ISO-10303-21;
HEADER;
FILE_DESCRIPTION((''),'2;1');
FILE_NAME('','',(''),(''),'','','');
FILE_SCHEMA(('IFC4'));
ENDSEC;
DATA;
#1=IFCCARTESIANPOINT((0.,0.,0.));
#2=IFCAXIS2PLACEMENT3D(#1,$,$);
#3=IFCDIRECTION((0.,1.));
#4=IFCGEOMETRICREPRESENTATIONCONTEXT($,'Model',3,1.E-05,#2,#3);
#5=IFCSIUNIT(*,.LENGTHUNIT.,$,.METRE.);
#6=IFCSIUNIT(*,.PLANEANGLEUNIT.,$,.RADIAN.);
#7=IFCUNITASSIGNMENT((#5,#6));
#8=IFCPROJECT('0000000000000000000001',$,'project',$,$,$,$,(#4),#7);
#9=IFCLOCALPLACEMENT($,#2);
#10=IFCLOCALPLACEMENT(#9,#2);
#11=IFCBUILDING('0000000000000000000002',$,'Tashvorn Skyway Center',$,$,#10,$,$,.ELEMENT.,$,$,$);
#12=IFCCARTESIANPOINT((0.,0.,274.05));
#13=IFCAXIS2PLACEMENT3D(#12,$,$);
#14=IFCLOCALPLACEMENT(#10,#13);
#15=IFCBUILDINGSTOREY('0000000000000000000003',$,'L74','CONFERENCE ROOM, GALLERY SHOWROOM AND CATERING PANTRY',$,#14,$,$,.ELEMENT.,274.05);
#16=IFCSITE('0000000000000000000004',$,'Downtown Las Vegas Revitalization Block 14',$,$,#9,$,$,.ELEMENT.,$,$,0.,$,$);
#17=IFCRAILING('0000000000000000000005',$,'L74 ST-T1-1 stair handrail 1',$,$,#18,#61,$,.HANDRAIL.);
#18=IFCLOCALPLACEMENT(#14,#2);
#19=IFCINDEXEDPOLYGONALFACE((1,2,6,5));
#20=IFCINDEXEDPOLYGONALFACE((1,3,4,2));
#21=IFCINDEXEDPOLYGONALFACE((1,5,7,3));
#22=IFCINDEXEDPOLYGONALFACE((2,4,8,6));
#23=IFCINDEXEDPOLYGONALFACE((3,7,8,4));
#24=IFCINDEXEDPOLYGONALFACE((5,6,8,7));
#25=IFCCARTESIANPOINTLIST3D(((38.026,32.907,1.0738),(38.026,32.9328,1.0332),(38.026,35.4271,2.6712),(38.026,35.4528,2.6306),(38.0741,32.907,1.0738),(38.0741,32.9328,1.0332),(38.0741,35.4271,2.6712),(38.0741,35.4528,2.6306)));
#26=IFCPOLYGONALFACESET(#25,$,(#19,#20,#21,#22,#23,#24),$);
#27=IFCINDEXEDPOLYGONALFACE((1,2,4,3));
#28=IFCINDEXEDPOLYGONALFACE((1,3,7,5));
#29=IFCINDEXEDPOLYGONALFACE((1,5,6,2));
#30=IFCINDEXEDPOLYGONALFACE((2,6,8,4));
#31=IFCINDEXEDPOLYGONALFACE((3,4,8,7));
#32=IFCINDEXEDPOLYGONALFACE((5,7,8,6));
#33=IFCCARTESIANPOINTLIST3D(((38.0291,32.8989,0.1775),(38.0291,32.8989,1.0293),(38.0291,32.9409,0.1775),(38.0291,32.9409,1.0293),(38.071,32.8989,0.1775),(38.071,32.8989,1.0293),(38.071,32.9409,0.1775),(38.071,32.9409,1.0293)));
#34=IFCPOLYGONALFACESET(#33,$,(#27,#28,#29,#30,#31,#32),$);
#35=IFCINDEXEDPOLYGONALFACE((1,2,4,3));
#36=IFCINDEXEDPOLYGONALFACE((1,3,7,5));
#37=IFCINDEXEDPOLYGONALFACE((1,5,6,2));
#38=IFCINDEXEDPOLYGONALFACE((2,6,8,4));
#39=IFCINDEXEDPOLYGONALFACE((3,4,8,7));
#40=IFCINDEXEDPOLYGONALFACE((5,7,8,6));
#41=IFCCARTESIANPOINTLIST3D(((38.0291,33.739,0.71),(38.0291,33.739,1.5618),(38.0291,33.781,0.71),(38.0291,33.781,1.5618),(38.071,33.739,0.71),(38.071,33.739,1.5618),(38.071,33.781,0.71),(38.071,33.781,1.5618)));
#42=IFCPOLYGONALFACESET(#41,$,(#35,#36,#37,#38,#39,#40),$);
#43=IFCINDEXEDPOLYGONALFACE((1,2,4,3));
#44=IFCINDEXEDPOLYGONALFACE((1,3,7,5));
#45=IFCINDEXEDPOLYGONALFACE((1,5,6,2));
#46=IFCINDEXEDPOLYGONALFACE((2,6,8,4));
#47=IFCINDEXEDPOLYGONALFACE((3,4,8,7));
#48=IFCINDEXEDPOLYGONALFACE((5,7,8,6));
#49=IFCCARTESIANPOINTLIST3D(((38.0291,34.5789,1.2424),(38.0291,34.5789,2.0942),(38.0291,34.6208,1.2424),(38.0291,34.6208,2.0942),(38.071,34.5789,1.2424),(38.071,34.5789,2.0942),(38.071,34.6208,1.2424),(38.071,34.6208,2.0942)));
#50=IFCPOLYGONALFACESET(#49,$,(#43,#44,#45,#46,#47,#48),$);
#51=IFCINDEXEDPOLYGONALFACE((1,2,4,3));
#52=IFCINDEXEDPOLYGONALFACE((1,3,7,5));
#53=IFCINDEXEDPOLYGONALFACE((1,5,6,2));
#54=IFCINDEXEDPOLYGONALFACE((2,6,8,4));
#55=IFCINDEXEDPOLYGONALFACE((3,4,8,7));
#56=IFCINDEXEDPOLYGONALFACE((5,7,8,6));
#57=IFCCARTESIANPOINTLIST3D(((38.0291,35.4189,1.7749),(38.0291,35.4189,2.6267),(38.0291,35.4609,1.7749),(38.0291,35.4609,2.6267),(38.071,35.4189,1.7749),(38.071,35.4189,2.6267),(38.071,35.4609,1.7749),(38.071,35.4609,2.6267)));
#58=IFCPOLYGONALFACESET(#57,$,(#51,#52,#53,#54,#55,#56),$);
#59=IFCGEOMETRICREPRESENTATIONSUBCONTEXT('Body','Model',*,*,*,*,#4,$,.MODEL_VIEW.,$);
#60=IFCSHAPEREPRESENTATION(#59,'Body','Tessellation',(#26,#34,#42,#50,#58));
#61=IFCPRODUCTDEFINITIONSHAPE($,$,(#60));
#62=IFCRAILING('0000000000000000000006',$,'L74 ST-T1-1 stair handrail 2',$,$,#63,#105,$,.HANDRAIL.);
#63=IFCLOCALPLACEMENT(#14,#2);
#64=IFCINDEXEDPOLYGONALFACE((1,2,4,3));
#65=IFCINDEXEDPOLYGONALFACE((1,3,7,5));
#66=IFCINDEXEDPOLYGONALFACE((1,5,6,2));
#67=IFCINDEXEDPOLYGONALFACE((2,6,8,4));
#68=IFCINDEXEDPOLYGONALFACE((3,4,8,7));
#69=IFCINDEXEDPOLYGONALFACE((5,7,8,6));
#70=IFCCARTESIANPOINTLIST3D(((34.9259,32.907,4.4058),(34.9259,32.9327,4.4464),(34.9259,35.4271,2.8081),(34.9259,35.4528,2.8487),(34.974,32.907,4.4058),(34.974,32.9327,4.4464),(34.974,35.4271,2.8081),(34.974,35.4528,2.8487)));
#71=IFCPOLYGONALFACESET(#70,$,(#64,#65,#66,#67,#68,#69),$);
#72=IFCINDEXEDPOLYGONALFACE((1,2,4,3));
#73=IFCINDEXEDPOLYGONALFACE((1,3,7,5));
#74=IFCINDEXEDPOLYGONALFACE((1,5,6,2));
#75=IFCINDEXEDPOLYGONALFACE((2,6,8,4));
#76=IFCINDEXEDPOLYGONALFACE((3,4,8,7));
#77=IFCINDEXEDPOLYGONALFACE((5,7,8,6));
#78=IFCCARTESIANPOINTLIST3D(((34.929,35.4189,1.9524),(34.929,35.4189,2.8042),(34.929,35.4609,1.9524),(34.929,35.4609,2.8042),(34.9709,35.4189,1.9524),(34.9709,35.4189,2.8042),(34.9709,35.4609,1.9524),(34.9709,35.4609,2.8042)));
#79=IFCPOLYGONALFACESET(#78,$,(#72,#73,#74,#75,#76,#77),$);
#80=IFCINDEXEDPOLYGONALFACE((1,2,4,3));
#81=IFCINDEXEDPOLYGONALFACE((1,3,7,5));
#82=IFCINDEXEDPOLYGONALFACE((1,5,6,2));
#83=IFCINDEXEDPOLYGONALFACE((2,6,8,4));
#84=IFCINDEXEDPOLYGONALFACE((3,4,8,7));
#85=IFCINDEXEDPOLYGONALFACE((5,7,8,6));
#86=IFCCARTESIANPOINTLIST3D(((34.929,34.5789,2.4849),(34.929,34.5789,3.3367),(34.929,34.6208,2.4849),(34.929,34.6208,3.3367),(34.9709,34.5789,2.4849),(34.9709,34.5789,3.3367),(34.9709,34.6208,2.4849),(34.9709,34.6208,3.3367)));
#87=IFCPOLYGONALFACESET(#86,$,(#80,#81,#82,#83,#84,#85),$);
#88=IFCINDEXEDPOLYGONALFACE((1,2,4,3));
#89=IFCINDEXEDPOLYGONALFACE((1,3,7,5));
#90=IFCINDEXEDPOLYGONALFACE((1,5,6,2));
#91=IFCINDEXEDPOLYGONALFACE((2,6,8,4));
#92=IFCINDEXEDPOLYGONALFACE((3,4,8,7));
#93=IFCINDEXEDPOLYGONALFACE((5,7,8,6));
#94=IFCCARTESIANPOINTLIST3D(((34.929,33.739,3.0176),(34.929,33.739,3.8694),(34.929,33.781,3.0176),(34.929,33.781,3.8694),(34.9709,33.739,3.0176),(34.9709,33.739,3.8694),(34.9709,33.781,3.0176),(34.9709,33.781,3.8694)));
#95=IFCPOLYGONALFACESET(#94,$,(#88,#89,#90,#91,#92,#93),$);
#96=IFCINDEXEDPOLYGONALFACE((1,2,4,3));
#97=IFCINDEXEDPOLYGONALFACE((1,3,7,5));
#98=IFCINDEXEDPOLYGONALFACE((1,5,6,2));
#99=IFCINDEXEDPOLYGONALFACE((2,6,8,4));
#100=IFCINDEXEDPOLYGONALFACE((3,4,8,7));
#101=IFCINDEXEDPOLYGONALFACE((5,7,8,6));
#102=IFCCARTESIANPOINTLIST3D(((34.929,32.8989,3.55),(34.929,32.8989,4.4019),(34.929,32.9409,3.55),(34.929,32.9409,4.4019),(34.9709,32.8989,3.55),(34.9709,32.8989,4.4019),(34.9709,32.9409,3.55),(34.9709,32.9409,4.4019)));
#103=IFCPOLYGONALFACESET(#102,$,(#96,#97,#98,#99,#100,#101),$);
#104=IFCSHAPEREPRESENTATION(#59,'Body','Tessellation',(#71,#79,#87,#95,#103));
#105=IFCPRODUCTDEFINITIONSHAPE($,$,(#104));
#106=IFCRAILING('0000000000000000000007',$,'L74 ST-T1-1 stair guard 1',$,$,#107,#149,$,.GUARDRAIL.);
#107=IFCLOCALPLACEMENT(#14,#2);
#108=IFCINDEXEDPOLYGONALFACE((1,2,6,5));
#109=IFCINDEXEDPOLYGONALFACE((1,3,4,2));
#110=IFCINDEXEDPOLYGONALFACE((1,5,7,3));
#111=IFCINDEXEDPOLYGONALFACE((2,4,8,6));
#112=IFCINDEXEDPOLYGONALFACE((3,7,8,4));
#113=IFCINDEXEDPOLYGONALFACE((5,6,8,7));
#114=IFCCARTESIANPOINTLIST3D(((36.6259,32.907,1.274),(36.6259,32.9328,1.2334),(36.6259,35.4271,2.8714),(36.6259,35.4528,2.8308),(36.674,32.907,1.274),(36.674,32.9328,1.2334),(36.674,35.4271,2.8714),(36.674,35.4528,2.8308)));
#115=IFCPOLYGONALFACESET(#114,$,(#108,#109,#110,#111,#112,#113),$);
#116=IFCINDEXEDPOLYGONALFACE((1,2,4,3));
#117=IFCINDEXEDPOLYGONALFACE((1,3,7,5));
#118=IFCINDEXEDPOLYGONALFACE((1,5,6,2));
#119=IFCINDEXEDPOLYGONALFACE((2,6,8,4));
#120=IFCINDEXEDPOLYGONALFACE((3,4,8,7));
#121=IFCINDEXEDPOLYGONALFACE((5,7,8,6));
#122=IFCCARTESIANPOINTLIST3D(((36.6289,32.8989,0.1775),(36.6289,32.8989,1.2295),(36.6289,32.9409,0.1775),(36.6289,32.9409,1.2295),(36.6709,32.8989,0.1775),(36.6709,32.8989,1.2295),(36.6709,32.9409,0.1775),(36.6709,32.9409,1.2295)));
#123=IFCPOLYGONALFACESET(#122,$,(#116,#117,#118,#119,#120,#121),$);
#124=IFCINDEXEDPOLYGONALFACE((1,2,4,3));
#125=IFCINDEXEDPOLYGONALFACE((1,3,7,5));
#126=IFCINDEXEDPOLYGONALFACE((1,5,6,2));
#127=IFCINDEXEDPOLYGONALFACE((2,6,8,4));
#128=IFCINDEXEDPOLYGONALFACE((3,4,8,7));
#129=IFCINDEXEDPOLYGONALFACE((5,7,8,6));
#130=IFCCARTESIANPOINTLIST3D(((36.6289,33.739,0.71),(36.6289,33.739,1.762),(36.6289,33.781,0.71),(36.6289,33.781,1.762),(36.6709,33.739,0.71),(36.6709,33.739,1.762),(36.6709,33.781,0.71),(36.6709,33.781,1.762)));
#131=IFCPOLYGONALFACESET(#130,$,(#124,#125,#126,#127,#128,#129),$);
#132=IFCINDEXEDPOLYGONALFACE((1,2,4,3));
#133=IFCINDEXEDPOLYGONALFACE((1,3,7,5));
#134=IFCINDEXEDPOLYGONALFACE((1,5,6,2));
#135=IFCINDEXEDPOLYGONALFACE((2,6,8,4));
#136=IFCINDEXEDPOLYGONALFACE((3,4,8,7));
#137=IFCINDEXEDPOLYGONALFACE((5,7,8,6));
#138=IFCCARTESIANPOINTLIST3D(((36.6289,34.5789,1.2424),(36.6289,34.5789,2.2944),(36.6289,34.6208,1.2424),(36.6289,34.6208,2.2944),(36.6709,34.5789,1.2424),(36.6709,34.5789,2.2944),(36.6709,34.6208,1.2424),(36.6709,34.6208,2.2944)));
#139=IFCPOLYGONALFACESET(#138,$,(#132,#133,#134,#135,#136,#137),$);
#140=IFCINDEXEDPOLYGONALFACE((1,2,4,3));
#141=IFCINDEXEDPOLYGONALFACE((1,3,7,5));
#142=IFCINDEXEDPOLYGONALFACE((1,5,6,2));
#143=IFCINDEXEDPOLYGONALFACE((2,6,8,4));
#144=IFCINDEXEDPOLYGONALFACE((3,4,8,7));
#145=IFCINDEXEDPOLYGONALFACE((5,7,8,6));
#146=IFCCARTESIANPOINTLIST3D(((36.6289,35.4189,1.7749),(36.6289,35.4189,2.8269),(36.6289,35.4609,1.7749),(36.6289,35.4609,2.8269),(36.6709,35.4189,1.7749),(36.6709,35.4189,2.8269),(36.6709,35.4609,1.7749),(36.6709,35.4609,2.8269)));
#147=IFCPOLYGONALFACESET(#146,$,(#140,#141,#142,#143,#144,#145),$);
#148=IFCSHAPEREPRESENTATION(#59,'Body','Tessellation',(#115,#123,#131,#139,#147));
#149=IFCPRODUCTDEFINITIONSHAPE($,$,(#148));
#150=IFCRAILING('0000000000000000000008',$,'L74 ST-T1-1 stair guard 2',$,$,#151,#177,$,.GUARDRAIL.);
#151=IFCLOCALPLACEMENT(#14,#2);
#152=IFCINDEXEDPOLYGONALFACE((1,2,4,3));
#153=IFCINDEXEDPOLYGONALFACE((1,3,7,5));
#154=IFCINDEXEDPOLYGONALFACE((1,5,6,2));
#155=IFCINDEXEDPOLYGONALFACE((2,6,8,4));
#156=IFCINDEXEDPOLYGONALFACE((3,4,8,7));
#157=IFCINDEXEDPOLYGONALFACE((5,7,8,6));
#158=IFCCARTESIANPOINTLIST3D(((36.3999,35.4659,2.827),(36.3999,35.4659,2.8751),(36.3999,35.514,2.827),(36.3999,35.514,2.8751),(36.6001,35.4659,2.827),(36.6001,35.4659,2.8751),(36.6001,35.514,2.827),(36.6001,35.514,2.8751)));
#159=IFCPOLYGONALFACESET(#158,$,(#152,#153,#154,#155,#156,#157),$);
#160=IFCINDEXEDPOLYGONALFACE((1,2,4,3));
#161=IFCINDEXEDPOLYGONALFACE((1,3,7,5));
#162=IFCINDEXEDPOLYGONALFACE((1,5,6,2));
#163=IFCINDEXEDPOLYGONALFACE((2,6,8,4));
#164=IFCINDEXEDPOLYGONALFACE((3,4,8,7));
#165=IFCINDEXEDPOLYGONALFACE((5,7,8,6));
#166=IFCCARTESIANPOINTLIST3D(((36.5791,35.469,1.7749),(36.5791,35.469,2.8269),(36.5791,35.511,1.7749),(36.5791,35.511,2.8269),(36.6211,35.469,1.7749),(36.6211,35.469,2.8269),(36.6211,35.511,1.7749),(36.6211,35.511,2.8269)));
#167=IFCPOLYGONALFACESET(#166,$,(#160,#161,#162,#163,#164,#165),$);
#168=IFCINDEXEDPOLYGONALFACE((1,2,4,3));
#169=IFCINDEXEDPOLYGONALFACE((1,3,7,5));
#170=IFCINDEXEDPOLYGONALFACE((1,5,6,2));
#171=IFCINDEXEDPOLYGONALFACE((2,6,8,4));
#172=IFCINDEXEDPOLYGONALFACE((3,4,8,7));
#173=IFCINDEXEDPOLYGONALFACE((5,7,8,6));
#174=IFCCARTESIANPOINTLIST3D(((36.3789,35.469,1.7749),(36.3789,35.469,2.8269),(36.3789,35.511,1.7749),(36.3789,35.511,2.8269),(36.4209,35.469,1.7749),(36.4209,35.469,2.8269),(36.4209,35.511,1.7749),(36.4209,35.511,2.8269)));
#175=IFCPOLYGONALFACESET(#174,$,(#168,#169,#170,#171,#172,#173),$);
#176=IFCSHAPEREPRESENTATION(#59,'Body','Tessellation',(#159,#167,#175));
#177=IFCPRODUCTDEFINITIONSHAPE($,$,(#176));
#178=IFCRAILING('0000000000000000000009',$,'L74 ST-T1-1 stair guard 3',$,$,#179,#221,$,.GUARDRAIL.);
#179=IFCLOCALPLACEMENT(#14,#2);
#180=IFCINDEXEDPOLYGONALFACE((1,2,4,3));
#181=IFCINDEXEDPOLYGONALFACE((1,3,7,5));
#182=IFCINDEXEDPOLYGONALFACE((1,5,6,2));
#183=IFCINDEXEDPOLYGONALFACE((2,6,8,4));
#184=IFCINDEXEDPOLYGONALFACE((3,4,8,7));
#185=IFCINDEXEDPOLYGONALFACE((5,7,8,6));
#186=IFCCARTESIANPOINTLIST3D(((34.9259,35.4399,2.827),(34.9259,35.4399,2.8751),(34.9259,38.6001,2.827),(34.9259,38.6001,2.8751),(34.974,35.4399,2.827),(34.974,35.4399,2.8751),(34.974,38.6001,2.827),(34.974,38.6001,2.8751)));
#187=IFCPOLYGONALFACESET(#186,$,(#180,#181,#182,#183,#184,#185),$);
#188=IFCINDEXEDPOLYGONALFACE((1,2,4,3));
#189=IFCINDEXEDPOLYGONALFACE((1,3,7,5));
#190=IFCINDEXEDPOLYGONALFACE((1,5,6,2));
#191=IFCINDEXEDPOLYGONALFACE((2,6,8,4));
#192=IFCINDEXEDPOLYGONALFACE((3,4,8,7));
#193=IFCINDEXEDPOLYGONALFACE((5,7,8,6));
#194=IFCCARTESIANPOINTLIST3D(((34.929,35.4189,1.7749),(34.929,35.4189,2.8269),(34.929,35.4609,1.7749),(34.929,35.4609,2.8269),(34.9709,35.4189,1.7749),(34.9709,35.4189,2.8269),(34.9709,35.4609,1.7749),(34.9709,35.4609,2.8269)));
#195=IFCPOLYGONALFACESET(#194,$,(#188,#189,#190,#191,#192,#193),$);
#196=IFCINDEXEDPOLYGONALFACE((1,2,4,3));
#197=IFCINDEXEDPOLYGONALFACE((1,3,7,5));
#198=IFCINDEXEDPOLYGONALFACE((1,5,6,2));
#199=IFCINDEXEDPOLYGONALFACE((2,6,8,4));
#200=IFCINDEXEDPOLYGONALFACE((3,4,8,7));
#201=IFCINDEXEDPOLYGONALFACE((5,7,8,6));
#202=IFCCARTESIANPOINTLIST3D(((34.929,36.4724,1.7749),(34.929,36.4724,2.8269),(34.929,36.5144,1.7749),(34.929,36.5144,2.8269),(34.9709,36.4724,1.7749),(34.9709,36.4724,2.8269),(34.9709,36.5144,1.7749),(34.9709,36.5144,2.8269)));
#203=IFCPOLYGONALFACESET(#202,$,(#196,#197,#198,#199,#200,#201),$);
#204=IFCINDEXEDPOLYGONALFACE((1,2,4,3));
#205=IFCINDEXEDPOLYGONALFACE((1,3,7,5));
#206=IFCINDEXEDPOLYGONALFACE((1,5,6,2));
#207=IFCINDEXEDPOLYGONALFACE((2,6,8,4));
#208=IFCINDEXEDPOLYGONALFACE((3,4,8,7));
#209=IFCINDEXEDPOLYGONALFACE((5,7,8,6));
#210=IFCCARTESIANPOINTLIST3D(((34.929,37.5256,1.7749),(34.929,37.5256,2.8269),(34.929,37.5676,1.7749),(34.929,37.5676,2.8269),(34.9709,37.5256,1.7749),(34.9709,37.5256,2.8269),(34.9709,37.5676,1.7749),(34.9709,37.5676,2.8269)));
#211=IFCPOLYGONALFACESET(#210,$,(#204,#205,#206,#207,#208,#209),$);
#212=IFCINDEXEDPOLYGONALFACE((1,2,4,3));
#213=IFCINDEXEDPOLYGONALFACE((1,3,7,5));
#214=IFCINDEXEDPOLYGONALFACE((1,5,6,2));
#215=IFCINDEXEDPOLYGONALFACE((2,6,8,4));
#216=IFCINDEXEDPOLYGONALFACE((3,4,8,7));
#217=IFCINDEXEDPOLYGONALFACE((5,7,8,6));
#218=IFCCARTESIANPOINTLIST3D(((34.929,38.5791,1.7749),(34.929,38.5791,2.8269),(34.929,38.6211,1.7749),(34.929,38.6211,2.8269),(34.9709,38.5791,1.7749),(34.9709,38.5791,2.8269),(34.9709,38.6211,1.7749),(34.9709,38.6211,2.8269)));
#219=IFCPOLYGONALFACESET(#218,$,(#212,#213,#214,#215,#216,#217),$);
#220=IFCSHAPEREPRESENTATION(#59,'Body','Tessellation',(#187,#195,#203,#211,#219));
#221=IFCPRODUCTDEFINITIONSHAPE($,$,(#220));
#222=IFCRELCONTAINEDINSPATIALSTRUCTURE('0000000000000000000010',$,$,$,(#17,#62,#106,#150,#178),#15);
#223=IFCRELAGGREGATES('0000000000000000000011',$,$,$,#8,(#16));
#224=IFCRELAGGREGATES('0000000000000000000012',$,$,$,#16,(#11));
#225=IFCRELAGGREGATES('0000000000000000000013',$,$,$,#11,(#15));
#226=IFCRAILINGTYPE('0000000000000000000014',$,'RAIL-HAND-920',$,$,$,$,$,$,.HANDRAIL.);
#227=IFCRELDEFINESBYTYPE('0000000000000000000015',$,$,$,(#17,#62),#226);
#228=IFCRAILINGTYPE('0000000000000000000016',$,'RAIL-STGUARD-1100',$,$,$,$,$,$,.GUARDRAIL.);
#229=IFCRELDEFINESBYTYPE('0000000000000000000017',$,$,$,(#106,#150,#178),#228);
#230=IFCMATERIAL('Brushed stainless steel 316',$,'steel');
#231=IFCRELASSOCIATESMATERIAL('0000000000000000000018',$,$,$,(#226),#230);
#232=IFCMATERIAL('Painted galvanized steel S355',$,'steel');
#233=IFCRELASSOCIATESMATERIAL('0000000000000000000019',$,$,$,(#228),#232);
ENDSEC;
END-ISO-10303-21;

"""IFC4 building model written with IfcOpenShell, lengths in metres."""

from ifc_helpers import new_model, si_unit, direction, frame, origin, origin_2d, place, context, subcontext, project, spatial, rectangle, extrude, material, type_object, element, save


model = new_model("IFC4")

# Units and contexts
model_context = context("Model", 3, precision=1e-05, world=origin(), true_north=direction((0.0, 1.0)))
body_context = subcontext(model_context, "Body", "Model", "MODEL_VIEW")
ifc_project = project(units=[si_unit("LENGTHUNIT", "METRE"), si_unit("PLANEANGLEUNIT", "RADIAN")], contexts=[model_context])

# Site, building, storey
site_placement = place(None, origin())
site = spatial("IfcSite", under=ifc_project, at=site_placement, Name="Downtown Las Vegas Revitalization Block 14", CompositionType="ELEMENT", RefElevation=0.0)
building_placement = place(site_placement, origin())
building = spatial("IfcBuilding", under=site, at=building_placement, Name="Tashvorn Skyway Center", CompositionType="ELEMENT")
storey_placement = place(building_placement, frame((0.0, 0.0, 274.05)))
storey = spatial("IfcBuildingStorey", under=building, at=storey_placement, Name="L74", Description="CONFERENCE ROOM, GALLERY SHOWROOM AND CATERING PANTRY", CompositionType="ELEMENT", Elevation=274.05)

# Railings
ifc_material_1 = material(Name="Brushed stainless steel 316", Category="steel")
railing_type_1 = type_object("IfcRailingType", Name="RAIL-HAND-920", PredefinedType="HANDRAIL", material=ifc_material_1)
railing_1_placement = place(storey_placement, frame((38.05, 32.9199, 0.1775)))
element("IfcRailing", 1, at=railing_1_placement, inside=storey, type_object=railing_type_1, Name="L74 ST-T1-1 stair handrail 1", PredefinedType="HANDRAIL", context=body_context, shape_type="SweptSolid", body=[
    extrude(rectangle(XDim=0.0481, YDim=0.0481, at=origin_2d()), frame((0.0, 0.0, 0.876), z_axis=(0.0, 0.844607, 0.535387), x_axis=(-1.0, 0.0, 0.0)), (0.0, 0.0, 1.0), 2.9836),
    extrude(rectangle(XDim=0.042, YDim=0.042, at=origin_2d()), origin(), (0.0, 0.0, 1.0), 0.8518),
    extrude(rectangle(XDim=0.042, YDim=0.042, at=origin_2d()), frame((0.0, 0.8401, 0.5325)), (0.0, 0.0, 1.0), 0.8518),
    extrude(rectangle(XDim=0.042, YDim=0.042, at=origin_2d()), frame((0.0, 1.6799, 1.0649)), (0.0, 0.0, 1.0), 0.8518),
    extrude(rectangle(XDim=0.042, YDim=0.042, at=origin_2d()), frame((0.0, 2.52, 1.5974)), (0.0, 0.0, 1.0), 0.8518),
])
railing_2_placement = place(storey_placement, frame((34.95, 35.4399, 1.9524)))
element("IfcRailing", 2, at=railing_2_placement, inside=storey, type_object=railing_type_1, Name="L74 ST-T1-1 stair handrail 2", PredefinedType="HANDRAIL", context=body_context, shape_type="SweptSolid", body=[
    extrude(rectangle(XDim=0.0481, YDim=0.0481, at=origin_2d()), frame((0.0, 0.0, 0.876), z_axis=(0.0, -0.84457, 0.535445), x_axis=(1.0, 0.0, 0.0)), (0.0, 0.0, 1.0), 2.9839),
    extrude(rectangle(XDim=0.042, YDim=0.042, at=origin_2d()), origin(), (0.0, 0.0, 1.0), 0.8518),
    extrude(rectangle(XDim=0.042, YDim=0.042, at=origin_2d()), frame((0.0, -0.8401, 0.5325)), (0.0, 0.0, 1.0), 0.8518),
    extrude(rectangle(XDim=0.042, YDim=0.042, at=origin_2d()), frame((0.0, -1.6799, 1.0652)), (0.0, 0.0, 1.0), 0.8518),
    extrude(rectangle(XDim=0.042, YDim=0.042, at=origin_2d()), frame((0.0, -2.52, 1.5977)), (0.0, 0.0, 1.0), 0.8518),
])
ifc_material_2 = material(Name="Painted galvanized steel S355", Category="steel")
railing_type_2 = type_object("IfcRailingType", Name="RAIL-STGUARD-1100", PredefinedType="GUARDRAIL", material=ifc_material_2)
railing_3_placement = place(storey_placement, frame((36.6499, 32.9199, 0.1775)))
element("IfcRailing", 3, at=railing_3_placement, inside=storey, type_object=railing_type_2, Name="L74 ST-T1-1 stair guard 1", PredefinedType="GUARDRAIL", context=body_context, shape_type="SweptSolid", body=[
    extrude(rectangle(XDim=0.0481, YDim=0.0481, at=origin_2d()), frame((0.0, 0.0, 1.0762), z_axis=(0.0, 0.844607, 0.535387), x_axis=(-1.0, 0.0, 0.0)), (0.0, 0.0, 1.0), 2.9836),
    extrude(rectangle(XDim=0.042, YDim=0.042, at=origin_2d()), origin(), (0.0, 0.0, 1.0), 1.052),
    extrude(rectangle(XDim=0.042, YDim=0.042, at=origin_2d()), frame((0.0, 0.8401, 0.5325)), (0.0, 0.0, 1.0), 1.052),
    extrude(rectangle(XDim=0.042, YDim=0.042, at=origin_2d()), frame((0.0, 1.6799, 1.0649)), (0.0, 0.0, 1.0), 1.052),
    extrude(rectangle(XDim=0.042, YDim=0.042, at=origin_2d()), frame((0.0, 2.52, 1.5974)), (0.0, 0.0, 1.0), 1.052),
])
railing_4_placement = place(storey_placement, frame((36.6001, 35.49, 1.7749)))
element("IfcRailing", 4, at=railing_4_placement, inside=storey, type_object=railing_type_2, Name="L74 ST-T1-1 stair guard 2", PredefinedType="GUARDRAIL", context=body_context, shape_type="SweptSolid", body=[
    extrude(rectangle(XDim=0.0481, YDim=0.0481, at=origin_2d()), frame((0.0, 0.0, 1.0762), z_axis=(-1.0, 0.0, 0.0), x_axis=(0.0, -1.0, 0.0)), (0.0, 0.0, 1.0), 0.2002),
    extrude(rectangle(XDim=0.042, YDim=0.042, at=origin_2d()), origin(), (0.0, 0.0, 1.0), 1.052),
    extrude(rectangle(XDim=0.042, YDim=0.042, at=origin_2d()), frame((-0.2002, 0.0, 0.0)), (0.0, 0.0, 1.0), 1.052),
])
railing_5_placement = place(storey_placement, frame((34.95, 35.4399, 1.7749)))
element("IfcRailing", 5, at=railing_5_placement, inside=storey, type_object=railing_type_2, Name="L74 ST-T1-1 stair guard 3", PredefinedType="GUARDRAIL", context=body_context, shape_type="SweptSolid", body=[
    extrude(rectangle(XDim=0.0481, YDim=0.0481, at=origin_2d()), frame((0.0, 0.0, 1.0762), z_axis=(0.0, 1.0, 0.0), x_axis=(-1.0, 0.0, 0.0)), (0.0, 0.0, 1.0), 3.1602),
    extrude(rectangle(XDim=0.042, YDim=0.042, at=origin_2d()), origin(), (0.0, 0.0, 1.0), 1.052),
    extrude(rectangle(XDim=0.042, YDim=0.042, at=origin_2d()), frame((0.0, 1.0535, 0.0)), (0.0, 0.0, 1.0), 1.052),
    extrude(rectangle(XDim=0.042, YDim=0.042, at=origin_2d()), frame((0.0, 2.1067, 0.0)), (0.0, 0.0, 1.0), 1.052),
    extrude(rectangle(XDim=0.042, YDim=0.042, at=origin_2d()), frame((0.0, 3.1602, 0.0)), (0.0, 0.0, 1.0), 1.052),
])

save(model, "model.ifc")
